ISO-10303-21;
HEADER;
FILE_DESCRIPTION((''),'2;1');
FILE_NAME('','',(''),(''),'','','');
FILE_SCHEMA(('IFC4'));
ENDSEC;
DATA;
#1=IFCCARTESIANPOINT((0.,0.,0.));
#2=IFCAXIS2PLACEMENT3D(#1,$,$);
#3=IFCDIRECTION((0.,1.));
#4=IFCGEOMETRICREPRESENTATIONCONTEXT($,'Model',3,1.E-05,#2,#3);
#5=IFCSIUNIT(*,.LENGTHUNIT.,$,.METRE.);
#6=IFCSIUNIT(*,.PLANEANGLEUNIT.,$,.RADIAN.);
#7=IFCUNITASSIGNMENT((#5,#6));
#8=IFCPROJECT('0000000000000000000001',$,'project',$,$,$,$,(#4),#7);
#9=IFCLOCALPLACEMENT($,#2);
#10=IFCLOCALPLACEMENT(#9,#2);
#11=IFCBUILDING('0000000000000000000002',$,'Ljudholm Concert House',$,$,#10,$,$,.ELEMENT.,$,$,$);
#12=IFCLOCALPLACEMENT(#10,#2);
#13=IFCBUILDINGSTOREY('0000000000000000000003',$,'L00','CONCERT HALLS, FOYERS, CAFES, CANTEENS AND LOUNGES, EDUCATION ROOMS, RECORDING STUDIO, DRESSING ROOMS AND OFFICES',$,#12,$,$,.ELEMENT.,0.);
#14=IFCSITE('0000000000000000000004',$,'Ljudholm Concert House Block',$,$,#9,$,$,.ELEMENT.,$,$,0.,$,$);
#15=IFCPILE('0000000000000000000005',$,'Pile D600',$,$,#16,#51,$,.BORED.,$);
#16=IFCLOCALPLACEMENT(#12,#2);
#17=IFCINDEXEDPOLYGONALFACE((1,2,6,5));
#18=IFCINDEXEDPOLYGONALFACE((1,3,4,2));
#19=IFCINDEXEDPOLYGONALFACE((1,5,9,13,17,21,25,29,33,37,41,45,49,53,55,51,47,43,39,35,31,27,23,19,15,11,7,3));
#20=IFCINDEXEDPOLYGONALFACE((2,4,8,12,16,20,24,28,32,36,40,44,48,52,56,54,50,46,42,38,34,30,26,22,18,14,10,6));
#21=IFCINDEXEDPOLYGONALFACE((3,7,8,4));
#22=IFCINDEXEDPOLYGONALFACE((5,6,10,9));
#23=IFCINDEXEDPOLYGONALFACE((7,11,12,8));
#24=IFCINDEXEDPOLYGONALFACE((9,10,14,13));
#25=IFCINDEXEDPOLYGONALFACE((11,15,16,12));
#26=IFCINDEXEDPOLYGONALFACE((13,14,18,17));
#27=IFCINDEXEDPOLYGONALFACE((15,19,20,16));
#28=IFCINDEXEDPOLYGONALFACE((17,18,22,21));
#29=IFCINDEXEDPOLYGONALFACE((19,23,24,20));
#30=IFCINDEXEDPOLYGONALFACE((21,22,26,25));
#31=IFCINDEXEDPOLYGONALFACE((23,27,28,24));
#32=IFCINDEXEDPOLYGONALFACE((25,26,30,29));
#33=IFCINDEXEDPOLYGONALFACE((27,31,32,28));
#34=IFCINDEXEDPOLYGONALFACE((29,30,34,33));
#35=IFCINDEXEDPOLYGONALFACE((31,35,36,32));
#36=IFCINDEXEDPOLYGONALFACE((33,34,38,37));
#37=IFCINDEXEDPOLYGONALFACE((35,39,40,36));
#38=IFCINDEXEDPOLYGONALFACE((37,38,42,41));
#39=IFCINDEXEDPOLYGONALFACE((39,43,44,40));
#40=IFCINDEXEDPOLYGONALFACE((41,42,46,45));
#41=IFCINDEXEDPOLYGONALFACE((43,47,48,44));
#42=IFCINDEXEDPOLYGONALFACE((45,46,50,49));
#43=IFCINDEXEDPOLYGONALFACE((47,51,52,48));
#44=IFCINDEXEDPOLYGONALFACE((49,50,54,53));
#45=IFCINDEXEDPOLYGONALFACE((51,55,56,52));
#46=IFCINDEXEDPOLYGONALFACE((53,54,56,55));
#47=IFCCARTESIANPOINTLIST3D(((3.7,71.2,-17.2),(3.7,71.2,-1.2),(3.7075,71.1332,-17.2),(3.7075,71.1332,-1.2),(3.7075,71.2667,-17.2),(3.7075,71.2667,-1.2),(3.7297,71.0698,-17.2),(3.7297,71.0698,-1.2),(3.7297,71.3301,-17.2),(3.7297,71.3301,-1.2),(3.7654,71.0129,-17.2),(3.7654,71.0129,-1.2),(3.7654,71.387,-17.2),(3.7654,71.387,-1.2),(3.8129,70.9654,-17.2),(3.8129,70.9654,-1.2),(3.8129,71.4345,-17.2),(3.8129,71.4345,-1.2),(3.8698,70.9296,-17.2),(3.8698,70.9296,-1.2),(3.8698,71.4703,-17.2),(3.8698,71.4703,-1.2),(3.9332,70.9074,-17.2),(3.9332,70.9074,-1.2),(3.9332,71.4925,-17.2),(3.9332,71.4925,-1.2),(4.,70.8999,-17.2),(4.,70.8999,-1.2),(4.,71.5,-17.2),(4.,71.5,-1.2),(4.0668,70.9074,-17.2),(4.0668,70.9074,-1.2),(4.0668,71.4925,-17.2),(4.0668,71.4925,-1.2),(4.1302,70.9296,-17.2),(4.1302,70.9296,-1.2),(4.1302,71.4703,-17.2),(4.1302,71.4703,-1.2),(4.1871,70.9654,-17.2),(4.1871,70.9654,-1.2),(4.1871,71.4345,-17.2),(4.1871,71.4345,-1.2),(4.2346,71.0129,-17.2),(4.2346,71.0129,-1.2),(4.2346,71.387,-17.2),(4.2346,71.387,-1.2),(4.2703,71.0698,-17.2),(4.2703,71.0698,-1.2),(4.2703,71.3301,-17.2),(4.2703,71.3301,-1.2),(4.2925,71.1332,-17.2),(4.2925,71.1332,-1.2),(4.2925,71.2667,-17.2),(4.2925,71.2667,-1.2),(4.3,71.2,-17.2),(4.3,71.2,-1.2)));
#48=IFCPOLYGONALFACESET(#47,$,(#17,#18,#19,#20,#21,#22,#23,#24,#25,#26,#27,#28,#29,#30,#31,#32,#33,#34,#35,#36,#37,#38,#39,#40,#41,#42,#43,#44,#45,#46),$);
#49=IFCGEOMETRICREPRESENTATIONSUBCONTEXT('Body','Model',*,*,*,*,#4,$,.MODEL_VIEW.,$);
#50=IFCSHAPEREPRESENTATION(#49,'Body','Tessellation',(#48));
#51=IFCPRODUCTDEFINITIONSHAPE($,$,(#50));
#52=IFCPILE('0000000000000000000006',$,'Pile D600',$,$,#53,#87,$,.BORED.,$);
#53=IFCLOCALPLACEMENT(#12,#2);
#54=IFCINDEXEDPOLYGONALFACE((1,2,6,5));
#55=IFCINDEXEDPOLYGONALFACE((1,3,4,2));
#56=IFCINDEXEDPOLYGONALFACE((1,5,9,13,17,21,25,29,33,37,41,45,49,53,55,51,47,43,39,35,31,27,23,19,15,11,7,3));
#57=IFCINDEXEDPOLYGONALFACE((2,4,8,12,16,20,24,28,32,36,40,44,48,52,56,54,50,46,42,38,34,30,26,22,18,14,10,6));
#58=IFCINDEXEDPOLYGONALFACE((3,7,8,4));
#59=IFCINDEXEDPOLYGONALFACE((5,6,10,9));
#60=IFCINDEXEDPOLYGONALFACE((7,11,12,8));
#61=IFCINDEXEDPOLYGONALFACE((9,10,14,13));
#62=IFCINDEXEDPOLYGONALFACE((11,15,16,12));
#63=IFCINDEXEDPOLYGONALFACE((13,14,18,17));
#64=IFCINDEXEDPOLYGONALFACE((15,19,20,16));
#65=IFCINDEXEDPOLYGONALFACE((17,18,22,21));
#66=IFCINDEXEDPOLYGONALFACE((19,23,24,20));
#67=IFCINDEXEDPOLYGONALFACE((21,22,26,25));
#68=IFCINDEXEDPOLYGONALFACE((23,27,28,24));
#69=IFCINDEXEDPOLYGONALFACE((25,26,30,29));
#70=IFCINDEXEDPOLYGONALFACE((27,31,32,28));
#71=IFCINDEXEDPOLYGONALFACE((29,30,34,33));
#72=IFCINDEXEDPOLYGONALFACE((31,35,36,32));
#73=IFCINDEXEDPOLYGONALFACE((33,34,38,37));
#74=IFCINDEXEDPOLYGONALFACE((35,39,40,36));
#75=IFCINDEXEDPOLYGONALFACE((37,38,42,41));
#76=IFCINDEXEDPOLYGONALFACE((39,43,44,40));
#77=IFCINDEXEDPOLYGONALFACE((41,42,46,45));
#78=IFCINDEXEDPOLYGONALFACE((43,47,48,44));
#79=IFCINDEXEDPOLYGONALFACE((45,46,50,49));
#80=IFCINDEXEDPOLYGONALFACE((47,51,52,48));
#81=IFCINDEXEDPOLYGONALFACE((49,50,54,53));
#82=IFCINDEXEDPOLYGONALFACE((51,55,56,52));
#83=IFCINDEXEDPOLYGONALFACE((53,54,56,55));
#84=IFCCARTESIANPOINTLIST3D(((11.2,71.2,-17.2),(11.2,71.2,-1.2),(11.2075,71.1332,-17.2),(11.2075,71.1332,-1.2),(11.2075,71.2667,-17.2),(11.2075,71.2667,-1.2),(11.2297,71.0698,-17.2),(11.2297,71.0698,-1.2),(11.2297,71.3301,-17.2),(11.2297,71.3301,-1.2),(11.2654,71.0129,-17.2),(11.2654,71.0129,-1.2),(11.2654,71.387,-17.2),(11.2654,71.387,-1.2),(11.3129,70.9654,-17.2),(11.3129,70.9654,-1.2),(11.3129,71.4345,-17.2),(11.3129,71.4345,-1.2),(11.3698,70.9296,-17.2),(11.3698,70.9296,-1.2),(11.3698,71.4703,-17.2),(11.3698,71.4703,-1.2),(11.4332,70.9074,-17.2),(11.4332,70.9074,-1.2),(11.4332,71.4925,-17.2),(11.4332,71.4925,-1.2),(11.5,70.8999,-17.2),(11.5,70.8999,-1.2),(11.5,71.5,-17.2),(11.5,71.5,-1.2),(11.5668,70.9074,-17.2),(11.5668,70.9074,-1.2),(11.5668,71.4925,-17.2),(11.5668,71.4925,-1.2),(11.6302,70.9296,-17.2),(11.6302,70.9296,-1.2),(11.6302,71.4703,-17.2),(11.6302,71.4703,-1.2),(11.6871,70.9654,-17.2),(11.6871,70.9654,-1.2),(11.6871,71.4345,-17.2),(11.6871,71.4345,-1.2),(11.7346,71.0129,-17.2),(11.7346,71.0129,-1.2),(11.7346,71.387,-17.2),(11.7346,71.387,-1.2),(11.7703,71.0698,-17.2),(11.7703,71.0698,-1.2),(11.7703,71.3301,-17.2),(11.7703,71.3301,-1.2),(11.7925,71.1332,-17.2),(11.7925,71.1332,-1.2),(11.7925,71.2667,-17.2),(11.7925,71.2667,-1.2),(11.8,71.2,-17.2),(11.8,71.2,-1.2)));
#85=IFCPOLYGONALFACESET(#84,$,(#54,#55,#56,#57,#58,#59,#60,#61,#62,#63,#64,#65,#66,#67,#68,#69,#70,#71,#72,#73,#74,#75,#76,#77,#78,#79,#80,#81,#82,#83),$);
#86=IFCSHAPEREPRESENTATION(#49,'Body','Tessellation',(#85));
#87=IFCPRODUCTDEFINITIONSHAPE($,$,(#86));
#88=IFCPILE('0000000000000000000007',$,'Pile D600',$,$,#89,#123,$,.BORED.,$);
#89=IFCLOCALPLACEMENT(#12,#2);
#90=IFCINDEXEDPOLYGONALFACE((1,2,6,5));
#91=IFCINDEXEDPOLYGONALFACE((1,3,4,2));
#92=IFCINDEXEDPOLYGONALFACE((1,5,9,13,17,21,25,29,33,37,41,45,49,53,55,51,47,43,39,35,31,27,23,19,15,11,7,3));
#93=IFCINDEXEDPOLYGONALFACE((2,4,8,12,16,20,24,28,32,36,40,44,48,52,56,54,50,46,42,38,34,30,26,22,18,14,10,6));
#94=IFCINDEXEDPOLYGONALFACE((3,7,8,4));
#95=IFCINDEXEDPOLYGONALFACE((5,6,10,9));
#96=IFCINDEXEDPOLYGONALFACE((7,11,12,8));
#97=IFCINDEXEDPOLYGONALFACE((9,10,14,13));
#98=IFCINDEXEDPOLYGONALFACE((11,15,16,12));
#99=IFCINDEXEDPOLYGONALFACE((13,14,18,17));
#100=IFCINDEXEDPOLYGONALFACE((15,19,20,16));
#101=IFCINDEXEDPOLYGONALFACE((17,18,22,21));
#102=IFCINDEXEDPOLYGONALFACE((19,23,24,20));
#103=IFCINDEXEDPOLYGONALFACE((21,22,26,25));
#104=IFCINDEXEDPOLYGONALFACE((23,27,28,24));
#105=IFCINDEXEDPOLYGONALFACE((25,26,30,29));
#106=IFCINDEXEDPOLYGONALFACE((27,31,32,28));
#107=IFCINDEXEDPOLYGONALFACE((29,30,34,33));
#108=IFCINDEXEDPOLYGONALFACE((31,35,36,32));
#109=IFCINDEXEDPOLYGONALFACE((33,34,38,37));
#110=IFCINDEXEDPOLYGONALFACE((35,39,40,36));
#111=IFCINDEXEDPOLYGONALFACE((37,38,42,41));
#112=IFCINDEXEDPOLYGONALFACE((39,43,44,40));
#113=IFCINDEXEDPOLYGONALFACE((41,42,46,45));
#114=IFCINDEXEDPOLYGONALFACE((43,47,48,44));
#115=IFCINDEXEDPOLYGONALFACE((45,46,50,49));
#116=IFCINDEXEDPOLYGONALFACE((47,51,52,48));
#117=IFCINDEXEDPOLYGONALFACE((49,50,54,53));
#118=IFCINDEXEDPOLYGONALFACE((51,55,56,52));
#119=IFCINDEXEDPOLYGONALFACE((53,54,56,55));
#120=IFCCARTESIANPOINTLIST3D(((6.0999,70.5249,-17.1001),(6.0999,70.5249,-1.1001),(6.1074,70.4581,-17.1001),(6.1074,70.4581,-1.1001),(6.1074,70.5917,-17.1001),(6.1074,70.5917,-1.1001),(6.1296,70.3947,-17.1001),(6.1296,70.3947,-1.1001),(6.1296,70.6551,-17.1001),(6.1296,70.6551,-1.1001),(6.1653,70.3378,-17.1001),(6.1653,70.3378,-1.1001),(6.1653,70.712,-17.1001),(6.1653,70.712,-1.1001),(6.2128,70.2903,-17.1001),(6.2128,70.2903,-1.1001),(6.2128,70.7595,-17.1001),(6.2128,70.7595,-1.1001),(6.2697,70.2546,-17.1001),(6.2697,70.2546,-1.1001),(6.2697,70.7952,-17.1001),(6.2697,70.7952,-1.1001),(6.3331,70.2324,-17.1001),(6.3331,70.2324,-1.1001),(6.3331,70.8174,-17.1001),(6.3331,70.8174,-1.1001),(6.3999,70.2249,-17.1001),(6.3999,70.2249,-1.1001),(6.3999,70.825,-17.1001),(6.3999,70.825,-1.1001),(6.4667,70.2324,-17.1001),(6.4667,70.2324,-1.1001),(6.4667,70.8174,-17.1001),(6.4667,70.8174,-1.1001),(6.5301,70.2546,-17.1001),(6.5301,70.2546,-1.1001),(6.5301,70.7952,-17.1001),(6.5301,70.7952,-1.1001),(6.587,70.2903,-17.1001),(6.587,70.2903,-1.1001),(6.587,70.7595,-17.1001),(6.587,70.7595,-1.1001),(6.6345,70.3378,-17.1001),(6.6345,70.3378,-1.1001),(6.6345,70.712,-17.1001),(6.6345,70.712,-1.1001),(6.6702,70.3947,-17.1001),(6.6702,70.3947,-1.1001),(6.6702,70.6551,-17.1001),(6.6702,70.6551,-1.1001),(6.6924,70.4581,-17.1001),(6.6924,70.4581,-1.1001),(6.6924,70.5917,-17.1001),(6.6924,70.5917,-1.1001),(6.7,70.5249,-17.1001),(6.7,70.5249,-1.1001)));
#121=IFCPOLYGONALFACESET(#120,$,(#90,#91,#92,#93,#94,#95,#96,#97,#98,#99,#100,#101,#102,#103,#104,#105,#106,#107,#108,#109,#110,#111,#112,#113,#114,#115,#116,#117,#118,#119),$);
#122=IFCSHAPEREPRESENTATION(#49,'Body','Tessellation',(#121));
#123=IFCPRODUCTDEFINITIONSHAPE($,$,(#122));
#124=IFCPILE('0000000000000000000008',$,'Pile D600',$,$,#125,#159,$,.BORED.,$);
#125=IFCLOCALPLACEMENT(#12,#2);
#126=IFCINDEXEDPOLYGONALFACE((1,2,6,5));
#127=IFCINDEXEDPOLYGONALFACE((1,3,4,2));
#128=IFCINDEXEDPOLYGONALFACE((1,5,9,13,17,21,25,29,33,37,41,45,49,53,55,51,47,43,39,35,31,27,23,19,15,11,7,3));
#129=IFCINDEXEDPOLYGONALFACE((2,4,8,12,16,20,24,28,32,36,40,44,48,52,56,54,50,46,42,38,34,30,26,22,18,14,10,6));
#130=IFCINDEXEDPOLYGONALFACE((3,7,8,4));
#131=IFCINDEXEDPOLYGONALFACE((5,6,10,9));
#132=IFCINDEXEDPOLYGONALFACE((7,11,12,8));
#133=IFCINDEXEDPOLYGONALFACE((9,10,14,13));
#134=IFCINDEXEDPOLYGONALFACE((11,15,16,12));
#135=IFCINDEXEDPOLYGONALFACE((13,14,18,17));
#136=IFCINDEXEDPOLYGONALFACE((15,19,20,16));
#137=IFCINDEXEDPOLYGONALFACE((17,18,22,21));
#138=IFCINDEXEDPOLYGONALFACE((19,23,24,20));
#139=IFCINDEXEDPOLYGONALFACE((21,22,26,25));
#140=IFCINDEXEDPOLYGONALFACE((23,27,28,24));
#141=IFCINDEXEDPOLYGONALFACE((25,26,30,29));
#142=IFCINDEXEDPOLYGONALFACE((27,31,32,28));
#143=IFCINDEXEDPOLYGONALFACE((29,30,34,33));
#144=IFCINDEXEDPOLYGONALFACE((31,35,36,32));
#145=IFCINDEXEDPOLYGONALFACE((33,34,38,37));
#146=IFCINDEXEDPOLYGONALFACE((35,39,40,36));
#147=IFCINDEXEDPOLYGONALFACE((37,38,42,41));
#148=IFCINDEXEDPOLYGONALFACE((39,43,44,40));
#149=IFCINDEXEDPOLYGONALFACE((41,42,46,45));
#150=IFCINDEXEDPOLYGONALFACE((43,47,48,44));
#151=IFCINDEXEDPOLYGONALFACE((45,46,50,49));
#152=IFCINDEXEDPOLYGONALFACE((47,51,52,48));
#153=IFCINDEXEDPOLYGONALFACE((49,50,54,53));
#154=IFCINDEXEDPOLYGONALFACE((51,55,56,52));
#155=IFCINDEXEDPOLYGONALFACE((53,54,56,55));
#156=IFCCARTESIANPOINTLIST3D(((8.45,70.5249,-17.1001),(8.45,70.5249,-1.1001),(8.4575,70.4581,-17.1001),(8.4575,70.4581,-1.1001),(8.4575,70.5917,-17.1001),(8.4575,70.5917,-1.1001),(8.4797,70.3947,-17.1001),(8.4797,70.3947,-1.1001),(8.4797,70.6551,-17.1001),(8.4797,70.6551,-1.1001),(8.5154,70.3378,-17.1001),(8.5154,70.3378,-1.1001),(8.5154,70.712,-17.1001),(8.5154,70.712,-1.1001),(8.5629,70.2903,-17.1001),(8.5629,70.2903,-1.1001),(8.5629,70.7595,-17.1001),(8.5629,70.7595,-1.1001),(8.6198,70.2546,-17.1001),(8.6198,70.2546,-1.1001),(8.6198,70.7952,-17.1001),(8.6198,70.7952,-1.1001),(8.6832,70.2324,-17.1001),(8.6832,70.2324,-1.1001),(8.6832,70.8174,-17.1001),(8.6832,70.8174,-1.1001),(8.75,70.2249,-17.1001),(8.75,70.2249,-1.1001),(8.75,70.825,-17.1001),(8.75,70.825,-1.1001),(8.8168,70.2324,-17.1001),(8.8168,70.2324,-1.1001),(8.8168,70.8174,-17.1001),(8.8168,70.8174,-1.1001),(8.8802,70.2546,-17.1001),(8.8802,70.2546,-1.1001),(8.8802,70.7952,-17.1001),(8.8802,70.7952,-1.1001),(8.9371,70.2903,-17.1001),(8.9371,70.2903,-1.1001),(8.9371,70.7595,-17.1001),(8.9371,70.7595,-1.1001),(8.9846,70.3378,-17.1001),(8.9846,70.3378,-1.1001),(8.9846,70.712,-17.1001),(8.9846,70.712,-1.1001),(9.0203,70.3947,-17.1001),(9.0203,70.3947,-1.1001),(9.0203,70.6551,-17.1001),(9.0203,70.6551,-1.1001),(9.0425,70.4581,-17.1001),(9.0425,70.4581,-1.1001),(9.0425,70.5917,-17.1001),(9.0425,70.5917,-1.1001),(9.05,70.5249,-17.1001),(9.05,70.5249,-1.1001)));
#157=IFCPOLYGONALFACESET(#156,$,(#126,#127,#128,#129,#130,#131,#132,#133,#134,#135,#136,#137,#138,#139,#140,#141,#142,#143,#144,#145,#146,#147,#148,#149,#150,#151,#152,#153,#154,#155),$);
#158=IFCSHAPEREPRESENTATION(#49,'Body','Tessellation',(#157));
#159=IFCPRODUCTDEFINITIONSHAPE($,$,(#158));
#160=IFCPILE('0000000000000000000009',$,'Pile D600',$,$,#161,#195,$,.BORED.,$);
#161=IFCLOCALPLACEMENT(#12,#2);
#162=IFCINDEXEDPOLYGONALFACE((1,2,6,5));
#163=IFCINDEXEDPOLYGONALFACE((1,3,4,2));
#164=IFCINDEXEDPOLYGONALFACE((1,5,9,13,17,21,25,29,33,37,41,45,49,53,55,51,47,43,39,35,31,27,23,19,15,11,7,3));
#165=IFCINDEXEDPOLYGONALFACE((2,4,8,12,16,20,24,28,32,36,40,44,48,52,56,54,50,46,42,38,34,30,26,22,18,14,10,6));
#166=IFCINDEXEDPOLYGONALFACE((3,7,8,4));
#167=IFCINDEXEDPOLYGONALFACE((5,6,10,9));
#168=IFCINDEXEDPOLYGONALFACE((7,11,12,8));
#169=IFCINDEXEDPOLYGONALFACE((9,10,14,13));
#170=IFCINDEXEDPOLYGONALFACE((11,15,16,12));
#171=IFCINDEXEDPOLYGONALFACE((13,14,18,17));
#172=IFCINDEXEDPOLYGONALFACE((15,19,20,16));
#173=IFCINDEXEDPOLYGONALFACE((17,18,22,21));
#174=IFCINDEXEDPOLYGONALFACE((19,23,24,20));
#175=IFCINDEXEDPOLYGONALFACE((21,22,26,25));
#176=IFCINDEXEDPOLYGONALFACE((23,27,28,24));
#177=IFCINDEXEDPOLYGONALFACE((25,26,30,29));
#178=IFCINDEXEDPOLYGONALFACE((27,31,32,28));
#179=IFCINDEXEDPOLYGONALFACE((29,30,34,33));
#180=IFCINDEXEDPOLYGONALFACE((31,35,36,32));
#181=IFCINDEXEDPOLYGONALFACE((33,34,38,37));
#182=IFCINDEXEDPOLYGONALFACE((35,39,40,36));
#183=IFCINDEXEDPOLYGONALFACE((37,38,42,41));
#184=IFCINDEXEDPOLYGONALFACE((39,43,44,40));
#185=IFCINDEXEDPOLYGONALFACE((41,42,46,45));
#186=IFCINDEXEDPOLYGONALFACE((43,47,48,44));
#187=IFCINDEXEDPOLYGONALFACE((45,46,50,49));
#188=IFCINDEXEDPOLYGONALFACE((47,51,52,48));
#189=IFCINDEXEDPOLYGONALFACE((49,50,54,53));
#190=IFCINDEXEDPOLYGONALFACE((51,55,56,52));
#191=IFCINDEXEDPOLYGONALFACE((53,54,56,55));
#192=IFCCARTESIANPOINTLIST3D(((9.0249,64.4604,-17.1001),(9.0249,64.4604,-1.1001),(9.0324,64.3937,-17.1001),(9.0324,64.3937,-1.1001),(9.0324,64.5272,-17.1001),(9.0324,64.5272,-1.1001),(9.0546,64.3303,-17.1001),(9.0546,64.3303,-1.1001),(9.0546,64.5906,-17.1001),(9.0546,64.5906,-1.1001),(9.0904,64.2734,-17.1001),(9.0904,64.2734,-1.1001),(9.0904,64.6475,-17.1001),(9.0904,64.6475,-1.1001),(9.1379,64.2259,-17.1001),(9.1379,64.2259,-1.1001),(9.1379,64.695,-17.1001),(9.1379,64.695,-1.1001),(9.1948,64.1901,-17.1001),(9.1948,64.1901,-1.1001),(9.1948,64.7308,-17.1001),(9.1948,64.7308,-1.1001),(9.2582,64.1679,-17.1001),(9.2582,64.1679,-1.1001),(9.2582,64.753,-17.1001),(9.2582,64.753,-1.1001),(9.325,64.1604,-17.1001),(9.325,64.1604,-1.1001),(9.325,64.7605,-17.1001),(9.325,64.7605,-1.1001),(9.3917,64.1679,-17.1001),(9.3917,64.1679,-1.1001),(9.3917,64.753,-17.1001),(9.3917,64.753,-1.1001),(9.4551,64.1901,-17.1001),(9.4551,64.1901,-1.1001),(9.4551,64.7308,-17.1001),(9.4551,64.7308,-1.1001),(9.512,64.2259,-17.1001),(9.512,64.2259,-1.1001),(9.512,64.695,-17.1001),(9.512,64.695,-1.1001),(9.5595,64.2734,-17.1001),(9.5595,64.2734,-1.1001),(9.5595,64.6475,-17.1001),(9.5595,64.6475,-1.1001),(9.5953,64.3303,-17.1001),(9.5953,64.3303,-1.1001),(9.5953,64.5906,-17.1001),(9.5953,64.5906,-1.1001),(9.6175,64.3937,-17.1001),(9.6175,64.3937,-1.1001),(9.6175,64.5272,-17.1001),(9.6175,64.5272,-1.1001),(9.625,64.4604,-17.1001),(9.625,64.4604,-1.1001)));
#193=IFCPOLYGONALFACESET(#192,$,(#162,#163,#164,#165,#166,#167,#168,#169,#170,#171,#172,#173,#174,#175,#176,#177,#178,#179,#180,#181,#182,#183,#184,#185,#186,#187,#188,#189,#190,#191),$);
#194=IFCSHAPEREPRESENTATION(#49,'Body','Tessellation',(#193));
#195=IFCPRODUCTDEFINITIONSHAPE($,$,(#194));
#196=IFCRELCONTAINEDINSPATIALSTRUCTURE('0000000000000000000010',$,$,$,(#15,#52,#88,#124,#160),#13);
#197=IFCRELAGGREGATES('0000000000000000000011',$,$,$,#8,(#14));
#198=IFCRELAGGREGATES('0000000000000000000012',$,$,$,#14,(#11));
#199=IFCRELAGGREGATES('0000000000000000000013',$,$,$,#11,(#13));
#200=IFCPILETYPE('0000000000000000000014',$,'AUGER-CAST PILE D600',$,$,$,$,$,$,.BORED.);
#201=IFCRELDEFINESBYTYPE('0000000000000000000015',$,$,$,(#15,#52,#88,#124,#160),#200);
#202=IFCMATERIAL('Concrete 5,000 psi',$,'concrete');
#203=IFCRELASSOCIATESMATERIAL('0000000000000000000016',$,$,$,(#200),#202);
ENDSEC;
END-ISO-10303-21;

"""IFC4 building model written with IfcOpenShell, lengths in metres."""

from ifc_helpers import new_model, si_unit, direction, frame, origin, origin_2d, place, context, subcontext, project, spatial, circle, extrude, material, material_profile, profile_set, type_object, element, save


model = new_model("IFC4")

# Units and contexts
model_context = context("Model", 3, precision=1e-05, world=origin(), true_north=direction((0.0, 1.0)))
body_context = subcontext(model_context, "Body", "Model", "MODEL_VIEW")
ifc_project = project(units=[si_unit("LENGTHUNIT", "METRE"), si_unit("PLANEANGLEUNIT", "RADIAN")], contexts=[model_context])

# Site, building, storey
site_placement = place(None, origin())
site = spatial("IfcSite", under=ifc_project, at=site_placement, Name="Ljudholm Concert House Block", CompositionType="ELEMENT", RefElevation=0.0)
building_placement = place(site_placement, origin())
building = spatial("IfcBuilding", under=site, at=building_placement, Name="Ljudholm Concert House", CompositionType="ELEMENT")
storey_placement = place(building_placement, origin())
storey = spatial("IfcBuildingStorey", under=building, at=storey_placement, Name="L00", Description="CONCERT HALLS, FOYERS, CAFES, CANTEENS AND LOUNGES, EDUCATION ROOMS, RECORDING STUDIO, DRESSING ROOMS AND OFFICES", CompositionType="ELEMENT", Elevation=0.0)

# Piles
ifc_material_1 = material(Name="Concrete 5,000 psi", Category="concrete")
ifc_material_profile_1 = material_profile(ifc_material_1, circle(Radius=0.3, at=origin_2d()), Name="AUGER-CAST PILE D600")
ifc_profile_set_1 = profile_set([ifc_material_profile_1], Name="Concrete 5,000 psi")
pile_type = type_object("IfcPileType", Name="AUGER-CAST PILE D600", PredefinedType="BORED", material=ifc_profile_set_1)
for number, where, z_axis, x_axis, name in (
    (1, (4.0, 71.2, -1.2), (0.0, 0.0, -1.0), (1.0, 0.0, 0.0), "Pile D600"),
    (2, (11.5, 71.2, -1.2), (0.0, 0.0, -1.0), (1.0, 0.0, 0.0), "Pile D600"),
    (3, (6.3999, 70.5249, -1.1001), (0.0, 0.0, -1.0), (1.0, 0.0, 0.0), "Pile D600"),
    (4, (8.75, 70.5249, -1.1001), (0.0, 0.0, -1.0), (1.0, 0.0, 0.0), "Pile D600"),
    (5, (9.325, 64.4604, -1.1001), (0.0, 0.0, -1.0), (1.0, 0.0, 0.0), "Pile D600"),
):
    element("IfcPile", number, at=place(storey_placement, frame(where, z_axis=z_axis, x_axis=x_axis)), inside=storey, type_object=pile_type, Name=name, PredefinedType="BORED", context=body_context, shape_type="SweptSolid", body=[
        extrude(circle(Radius=0.3, at=origin_2d()), origin(), (0.0, 0.0, 1.0), 16.0),
    ])

save(model, "model.ifc")
